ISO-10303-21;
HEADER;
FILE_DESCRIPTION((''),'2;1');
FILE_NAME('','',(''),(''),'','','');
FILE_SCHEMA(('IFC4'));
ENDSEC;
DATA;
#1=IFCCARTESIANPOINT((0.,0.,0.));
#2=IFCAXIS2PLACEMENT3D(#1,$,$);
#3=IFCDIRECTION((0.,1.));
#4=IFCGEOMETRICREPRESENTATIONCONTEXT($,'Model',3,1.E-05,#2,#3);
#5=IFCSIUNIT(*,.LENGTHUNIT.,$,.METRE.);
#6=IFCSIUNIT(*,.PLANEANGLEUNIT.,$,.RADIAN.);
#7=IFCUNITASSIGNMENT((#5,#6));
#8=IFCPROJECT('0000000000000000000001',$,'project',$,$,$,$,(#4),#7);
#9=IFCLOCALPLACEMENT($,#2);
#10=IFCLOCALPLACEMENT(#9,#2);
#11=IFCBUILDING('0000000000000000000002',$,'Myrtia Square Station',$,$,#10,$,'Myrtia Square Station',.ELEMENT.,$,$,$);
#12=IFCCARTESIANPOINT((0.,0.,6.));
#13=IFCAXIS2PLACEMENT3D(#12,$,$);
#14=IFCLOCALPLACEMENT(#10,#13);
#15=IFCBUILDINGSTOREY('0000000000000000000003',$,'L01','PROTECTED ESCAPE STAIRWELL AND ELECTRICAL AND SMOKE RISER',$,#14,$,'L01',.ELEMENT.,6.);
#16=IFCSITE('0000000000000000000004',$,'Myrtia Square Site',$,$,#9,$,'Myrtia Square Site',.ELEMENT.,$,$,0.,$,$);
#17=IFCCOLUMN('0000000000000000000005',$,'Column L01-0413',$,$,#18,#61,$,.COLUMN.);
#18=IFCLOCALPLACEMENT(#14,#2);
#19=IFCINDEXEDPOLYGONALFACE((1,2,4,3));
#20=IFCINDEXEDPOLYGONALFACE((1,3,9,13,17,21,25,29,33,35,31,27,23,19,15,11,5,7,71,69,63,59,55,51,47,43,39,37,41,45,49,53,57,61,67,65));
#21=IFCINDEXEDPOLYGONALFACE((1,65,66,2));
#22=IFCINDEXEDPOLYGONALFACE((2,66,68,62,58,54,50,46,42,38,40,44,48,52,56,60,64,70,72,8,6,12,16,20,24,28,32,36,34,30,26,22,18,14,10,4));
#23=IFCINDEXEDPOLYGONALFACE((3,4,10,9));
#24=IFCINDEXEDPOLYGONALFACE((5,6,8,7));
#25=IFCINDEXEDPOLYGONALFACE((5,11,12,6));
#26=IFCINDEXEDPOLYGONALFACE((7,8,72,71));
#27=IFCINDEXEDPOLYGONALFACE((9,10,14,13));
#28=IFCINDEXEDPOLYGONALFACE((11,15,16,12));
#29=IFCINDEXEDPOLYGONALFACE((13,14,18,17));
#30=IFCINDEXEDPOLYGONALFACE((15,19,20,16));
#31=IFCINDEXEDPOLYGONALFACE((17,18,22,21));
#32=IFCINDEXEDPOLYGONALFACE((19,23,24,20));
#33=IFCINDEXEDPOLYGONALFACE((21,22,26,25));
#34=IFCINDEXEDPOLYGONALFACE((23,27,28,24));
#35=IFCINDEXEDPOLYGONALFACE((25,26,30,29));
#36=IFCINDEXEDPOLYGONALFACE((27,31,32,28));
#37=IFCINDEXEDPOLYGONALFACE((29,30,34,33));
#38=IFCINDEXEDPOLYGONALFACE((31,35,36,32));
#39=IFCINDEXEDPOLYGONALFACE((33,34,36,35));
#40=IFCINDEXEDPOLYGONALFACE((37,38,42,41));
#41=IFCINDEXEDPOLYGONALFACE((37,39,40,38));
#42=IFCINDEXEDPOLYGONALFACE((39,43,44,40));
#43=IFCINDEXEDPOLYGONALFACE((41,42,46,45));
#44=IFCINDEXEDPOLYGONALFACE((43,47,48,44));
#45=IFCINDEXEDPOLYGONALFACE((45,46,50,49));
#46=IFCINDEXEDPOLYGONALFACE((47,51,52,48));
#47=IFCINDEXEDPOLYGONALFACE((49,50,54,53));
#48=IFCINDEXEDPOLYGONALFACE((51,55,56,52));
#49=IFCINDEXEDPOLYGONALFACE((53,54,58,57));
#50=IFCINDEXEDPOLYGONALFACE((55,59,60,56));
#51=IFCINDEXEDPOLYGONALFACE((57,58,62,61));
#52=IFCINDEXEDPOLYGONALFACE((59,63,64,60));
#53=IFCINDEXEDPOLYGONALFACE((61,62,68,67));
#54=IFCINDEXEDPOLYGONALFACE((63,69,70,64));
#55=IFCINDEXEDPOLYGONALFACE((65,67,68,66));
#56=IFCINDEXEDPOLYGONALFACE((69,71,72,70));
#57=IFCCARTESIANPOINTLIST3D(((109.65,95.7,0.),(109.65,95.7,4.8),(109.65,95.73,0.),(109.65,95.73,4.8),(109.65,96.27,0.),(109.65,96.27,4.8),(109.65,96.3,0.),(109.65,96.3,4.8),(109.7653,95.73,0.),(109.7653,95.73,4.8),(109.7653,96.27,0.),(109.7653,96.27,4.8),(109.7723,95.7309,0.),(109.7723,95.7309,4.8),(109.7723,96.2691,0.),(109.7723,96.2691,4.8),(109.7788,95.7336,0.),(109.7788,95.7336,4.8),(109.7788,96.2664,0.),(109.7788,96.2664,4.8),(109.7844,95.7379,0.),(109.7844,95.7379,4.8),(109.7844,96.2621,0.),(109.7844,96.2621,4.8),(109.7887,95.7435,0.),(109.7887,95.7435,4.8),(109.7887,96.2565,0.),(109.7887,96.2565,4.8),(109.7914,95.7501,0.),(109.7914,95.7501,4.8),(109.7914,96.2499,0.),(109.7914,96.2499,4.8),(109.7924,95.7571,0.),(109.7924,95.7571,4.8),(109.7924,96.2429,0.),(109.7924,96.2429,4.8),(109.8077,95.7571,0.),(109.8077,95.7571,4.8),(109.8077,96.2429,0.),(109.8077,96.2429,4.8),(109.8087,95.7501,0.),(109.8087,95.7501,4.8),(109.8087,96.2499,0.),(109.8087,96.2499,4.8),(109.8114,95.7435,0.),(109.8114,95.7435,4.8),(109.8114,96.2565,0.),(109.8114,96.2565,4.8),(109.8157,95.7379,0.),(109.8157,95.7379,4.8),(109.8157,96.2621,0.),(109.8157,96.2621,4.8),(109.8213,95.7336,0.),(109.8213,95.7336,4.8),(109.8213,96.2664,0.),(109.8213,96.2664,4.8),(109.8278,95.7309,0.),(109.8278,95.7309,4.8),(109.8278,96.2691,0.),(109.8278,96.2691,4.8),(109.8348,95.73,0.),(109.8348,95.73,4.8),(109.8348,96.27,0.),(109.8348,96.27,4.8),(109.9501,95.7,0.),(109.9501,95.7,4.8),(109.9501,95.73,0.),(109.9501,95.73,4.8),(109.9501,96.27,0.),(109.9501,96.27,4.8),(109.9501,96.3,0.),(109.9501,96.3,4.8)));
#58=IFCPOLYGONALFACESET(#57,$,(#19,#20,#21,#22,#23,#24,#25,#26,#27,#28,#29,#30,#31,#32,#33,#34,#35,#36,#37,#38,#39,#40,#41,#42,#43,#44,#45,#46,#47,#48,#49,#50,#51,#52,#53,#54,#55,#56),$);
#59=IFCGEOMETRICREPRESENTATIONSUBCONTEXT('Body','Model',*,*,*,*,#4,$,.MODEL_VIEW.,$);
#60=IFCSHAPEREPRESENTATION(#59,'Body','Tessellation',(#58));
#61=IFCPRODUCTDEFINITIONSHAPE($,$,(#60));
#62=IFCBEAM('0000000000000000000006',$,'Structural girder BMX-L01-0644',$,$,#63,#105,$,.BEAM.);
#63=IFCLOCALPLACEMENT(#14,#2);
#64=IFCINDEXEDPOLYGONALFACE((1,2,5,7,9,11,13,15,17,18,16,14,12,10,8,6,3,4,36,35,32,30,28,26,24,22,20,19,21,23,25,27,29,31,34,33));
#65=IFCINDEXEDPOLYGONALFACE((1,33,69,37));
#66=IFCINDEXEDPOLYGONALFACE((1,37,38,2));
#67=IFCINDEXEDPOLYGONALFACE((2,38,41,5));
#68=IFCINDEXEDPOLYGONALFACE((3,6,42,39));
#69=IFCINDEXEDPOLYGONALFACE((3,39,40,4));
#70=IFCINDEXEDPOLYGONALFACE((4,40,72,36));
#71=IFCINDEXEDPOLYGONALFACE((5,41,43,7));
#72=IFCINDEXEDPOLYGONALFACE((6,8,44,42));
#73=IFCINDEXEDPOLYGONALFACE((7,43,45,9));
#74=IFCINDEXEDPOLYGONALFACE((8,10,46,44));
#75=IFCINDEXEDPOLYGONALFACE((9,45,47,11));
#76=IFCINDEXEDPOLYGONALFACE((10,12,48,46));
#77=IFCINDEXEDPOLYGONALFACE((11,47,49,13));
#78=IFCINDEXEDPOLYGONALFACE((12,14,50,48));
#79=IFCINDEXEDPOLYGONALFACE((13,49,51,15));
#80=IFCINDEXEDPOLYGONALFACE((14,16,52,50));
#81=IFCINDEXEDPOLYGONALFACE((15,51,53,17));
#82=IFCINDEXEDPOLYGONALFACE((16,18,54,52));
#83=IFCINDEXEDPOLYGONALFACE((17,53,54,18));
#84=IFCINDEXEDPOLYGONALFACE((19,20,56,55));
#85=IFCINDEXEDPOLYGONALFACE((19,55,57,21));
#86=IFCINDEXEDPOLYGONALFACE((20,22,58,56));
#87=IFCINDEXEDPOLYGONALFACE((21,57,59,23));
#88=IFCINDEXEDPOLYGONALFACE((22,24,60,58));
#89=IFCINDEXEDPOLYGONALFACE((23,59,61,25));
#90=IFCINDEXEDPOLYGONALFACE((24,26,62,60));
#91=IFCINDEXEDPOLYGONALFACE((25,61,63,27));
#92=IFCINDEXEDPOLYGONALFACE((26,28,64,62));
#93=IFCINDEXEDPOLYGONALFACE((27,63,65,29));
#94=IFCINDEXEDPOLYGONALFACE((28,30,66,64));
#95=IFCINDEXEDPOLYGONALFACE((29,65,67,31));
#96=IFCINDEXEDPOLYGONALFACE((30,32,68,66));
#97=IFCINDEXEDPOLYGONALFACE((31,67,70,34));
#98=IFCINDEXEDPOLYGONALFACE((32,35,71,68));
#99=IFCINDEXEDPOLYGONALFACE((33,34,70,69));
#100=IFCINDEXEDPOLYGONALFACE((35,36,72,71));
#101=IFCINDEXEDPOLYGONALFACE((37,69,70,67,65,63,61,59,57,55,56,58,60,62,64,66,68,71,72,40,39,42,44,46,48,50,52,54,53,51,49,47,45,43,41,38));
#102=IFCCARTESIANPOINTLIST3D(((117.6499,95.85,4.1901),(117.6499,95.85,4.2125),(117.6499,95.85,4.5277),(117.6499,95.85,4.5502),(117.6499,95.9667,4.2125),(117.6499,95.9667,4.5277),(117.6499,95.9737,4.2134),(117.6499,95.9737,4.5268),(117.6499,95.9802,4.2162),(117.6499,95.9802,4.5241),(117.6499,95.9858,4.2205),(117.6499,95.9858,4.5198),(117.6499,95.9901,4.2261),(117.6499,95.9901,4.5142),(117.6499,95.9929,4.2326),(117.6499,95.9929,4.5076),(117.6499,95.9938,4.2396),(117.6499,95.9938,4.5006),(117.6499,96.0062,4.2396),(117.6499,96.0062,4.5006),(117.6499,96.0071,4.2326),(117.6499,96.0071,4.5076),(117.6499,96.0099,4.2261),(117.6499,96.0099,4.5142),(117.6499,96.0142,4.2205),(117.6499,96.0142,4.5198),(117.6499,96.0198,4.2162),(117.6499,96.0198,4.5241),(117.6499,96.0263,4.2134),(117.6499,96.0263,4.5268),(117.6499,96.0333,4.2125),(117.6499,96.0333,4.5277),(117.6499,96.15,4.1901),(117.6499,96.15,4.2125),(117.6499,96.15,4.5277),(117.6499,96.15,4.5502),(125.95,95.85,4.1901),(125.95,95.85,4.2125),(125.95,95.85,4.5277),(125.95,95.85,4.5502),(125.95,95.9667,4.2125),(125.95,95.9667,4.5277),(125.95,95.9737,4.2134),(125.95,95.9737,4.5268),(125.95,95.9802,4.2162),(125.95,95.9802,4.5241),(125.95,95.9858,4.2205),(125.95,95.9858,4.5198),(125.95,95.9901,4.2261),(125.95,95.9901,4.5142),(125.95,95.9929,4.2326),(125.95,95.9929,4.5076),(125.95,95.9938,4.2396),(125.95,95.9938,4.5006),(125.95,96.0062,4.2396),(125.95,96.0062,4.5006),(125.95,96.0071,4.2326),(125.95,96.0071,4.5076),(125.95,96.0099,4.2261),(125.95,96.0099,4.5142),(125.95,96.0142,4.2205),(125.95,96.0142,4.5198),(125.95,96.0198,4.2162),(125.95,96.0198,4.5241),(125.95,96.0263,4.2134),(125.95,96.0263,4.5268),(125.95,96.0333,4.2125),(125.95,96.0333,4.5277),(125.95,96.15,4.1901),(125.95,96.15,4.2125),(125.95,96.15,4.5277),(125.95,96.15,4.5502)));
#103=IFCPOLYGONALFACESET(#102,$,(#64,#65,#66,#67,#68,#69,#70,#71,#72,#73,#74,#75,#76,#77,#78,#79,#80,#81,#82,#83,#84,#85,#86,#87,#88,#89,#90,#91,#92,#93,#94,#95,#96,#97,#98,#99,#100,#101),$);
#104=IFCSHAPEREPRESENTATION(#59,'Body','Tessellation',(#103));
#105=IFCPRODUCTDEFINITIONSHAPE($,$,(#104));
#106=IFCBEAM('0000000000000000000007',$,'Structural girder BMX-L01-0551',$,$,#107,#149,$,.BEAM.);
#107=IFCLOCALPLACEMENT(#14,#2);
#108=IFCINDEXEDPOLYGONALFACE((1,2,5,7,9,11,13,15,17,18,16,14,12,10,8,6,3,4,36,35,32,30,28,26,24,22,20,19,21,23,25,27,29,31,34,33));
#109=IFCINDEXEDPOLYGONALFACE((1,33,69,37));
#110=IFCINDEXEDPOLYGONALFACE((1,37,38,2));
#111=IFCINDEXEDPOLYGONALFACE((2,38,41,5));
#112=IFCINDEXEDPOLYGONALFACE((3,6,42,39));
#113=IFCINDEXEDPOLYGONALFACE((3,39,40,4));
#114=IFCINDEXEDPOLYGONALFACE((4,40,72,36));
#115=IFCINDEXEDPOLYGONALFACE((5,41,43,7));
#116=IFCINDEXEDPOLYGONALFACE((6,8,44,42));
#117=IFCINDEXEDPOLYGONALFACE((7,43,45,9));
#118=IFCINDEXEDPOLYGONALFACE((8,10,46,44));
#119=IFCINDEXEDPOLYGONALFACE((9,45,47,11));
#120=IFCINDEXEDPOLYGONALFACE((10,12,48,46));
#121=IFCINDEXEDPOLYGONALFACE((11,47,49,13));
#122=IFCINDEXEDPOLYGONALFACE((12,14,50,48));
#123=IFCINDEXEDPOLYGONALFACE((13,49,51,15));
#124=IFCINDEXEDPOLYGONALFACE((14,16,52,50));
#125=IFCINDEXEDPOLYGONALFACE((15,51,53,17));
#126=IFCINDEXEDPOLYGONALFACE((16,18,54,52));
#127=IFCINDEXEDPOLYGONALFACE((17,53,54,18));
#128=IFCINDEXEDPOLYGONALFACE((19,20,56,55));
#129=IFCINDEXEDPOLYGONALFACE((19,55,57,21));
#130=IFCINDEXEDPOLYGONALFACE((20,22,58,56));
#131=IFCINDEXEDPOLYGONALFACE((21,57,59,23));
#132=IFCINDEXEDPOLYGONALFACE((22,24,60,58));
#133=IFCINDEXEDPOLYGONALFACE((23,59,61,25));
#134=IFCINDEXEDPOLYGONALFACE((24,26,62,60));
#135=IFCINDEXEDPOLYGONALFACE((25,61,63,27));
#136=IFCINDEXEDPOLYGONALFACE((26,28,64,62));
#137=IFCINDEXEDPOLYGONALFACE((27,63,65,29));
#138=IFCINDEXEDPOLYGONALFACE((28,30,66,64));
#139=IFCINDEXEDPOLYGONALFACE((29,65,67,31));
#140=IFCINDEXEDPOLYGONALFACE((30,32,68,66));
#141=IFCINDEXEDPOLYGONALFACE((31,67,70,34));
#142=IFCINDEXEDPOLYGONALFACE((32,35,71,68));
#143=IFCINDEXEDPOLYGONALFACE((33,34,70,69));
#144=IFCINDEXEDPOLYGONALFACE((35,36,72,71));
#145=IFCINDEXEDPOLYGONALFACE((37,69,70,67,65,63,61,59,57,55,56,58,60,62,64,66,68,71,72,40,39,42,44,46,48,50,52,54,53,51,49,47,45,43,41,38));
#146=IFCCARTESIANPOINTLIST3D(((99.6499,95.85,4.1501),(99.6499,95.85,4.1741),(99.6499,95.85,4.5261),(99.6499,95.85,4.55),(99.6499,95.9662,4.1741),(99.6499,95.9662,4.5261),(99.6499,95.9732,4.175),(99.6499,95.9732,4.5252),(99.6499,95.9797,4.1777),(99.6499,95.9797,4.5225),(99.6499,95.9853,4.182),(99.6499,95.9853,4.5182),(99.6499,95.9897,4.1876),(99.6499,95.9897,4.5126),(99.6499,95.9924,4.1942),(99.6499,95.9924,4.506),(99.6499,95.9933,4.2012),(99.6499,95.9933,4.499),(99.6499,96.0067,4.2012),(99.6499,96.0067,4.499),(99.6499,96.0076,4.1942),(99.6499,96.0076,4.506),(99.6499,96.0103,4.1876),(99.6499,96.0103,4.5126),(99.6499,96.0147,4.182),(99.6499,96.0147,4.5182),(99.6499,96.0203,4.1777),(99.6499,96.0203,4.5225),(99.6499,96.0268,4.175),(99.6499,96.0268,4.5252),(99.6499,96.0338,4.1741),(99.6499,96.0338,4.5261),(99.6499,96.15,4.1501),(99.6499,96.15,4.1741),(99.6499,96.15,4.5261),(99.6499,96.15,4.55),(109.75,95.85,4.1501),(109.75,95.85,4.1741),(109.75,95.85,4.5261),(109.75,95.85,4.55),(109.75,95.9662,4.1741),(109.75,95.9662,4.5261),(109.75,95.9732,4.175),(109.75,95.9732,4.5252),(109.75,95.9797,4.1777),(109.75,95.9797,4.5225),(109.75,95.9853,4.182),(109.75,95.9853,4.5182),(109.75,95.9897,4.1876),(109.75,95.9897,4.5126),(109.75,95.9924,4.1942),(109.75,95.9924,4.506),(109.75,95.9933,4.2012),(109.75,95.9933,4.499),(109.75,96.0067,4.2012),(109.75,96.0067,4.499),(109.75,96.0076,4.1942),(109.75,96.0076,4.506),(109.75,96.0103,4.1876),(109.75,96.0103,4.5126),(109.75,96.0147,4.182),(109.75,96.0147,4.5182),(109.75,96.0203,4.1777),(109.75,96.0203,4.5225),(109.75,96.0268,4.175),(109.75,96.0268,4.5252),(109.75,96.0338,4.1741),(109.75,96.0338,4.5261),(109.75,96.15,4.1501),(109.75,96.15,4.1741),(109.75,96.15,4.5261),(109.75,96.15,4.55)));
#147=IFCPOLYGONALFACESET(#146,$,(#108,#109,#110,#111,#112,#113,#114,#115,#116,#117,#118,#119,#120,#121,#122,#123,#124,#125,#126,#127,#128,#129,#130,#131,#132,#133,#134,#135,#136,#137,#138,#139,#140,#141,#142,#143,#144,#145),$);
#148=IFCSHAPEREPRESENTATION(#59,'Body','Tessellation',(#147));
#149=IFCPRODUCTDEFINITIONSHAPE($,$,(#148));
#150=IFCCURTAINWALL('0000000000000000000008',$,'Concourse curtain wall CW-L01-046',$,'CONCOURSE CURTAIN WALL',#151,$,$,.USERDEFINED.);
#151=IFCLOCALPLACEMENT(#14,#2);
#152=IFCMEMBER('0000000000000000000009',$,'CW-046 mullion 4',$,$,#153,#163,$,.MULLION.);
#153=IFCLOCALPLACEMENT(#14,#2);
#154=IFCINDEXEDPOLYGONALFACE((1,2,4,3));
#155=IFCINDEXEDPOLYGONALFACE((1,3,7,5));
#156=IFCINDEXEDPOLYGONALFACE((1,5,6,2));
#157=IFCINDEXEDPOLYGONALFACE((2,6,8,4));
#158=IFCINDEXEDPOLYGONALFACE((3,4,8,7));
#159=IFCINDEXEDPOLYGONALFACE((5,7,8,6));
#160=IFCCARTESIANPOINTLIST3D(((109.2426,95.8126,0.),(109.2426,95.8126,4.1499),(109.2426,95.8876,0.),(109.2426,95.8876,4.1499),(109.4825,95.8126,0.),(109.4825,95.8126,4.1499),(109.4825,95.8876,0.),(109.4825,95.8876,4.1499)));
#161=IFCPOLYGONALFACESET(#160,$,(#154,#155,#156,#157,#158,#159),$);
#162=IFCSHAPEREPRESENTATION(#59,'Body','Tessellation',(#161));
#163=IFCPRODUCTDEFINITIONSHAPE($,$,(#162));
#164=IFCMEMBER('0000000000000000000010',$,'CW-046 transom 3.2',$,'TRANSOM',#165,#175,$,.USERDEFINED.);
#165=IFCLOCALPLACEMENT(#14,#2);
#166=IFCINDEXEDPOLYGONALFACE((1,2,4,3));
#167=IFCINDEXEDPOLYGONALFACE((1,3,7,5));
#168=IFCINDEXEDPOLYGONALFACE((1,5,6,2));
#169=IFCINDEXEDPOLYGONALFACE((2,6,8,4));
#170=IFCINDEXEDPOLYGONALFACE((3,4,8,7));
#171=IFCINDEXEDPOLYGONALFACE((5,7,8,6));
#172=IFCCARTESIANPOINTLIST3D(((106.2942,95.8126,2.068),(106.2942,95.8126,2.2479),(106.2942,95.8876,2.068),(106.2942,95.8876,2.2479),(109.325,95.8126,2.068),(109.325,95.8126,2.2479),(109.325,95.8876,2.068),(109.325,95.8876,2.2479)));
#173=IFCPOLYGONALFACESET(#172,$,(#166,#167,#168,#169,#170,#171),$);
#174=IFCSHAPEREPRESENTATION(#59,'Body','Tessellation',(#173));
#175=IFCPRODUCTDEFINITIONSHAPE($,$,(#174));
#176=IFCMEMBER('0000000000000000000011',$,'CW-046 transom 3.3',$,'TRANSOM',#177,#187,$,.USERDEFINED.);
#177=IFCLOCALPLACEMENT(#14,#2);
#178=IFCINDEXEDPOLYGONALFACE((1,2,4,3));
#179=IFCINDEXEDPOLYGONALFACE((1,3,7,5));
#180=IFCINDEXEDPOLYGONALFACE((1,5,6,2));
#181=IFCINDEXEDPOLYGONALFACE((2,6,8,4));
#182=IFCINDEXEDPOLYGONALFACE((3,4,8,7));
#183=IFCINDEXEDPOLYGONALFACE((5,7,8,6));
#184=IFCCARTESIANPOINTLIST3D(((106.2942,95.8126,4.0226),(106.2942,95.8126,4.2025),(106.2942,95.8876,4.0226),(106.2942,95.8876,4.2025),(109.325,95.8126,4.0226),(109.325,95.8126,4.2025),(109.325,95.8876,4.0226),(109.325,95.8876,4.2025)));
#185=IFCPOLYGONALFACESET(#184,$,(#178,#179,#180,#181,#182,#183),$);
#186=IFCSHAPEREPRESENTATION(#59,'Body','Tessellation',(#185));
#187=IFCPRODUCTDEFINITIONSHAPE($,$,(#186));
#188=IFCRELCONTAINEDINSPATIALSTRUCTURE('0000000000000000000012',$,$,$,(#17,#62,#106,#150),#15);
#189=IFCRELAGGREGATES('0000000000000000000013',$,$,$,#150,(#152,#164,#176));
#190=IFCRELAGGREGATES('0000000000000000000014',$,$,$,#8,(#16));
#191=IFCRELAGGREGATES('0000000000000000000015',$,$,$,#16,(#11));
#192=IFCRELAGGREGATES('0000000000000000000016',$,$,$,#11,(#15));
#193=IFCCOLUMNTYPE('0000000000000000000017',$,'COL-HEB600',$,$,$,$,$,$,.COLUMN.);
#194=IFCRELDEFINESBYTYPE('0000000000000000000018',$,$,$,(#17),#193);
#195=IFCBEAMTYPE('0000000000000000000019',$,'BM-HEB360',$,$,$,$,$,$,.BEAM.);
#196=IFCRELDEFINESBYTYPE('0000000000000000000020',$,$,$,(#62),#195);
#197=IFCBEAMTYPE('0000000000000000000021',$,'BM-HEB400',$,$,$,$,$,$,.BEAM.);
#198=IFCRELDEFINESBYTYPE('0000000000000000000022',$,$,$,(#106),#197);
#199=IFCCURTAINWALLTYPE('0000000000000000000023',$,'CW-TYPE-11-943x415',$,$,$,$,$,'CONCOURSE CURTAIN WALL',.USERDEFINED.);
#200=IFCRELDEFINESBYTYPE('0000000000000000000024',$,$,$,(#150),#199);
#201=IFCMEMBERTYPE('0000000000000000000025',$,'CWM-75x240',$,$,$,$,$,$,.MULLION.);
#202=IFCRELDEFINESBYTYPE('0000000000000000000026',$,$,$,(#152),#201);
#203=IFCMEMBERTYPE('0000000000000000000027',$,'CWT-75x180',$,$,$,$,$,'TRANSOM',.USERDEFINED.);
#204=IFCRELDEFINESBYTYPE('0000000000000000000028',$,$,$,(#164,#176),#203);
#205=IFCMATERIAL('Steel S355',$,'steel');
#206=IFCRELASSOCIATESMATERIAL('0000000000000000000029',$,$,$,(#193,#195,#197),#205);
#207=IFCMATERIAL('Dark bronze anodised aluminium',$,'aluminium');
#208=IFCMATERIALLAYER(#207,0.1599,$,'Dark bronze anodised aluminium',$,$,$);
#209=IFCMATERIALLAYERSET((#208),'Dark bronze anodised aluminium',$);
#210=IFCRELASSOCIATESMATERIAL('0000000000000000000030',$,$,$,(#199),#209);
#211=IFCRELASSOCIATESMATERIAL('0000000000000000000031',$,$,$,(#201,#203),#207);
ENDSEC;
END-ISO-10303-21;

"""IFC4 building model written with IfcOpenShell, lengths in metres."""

from ifc_helpers import new_model, si_unit, direction, frame, origin, origin_2d, place, context, subcontext, project, spatial, rectangle, i_section, extrude, material, layer, layer_set, material_profile, profile_set, type_object, element, aggregate, save


model = new_model("IFC4")

# Units and contexts
model_context = context("Model", 3, precision=1e-05, world=origin(), true_north=direction((0.0, 1.0)))
body_context = subcontext(model_context, "Body", "Model", "MODEL_VIEW")
ifc_project = project(units=[si_unit("LENGTHUNIT", "METRE"), si_unit("PLANEANGLEUNIT", "RADIAN")], contexts=[model_context])

# Site, building, storey
site_placement = place(None, origin())
site = spatial("IfcSite", under=ifc_project, at=site_placement, Name="Myrtia Square Site", LongName="Myrtia Square Site", CompositionType="ELEMENT", RefElevation=0.0)
building_placement = place(site_placement, origin())
building = spatial("IfcBuilding", under=site, at=building_placement, Name="Myrtia Square Station", LongName="Myrtia Square Station", CompositionType="ELEMENT")
storey_placement = place(building_placement, frame((0.0, 0.0, 6.0)))
storey = spatial("IfcBuildingStorey", under=building, at=storey_placement, Name="L01", Description="PROTECTED ESCAPE STAIRWELL AND ELECTRICAL AND SMOKE RISER", LongName="L01", CompositionType="ELEMENT", Elevation=6.0)

# Column
ifc_material_1 = material(Name="Steel S355", Category="steel")
ifc_material_profile_1 = material_profile(ifc_material_1, i_section(OverallWidth=0.3, OverallDepth=0.6001, WebThickness=0.0154, FlangeThickness=0.03, FilletRadius=0.0271, at=origin_2d()), Name="HEB 600")
ifc_profile_set_1 = profile_set([ifc_material_profile_1], Name="Steel S355")
column_type_1 = type_object("IfcColumnType", Name="COL-HEB600", PredefinedType="COLUMN", material=ifc_profile_set_1)
column_1_placement = place(storey_placement, frame((109.8, 96.0, 0.0), z_axis=(0.0, 0.0, 1.0), x_axis=(1.0, 0.0, 0.0)))
element("IfcColumn", 1, at=column_1_placement, inside=storey, type_object=column_type_1, Name="Column L01-0413", PredefinedType="COLUMN", context=body_context, shape_type="SweptSolid", body=[
    extrude(i_section(OverallWidth=0.3, OverallDepth=0.6001, WebThickness=0.0154, FlangeThickness=0.03, FilletRadius=0.0271, at=origin_2d()), origin(), (0.0, 0.0, 1.0), 4.8),
])

# Beams
ifc_material_profile_2 = material_profile(ifc_material_1, i_section(OverallWidth=0.3, OverallDepth=0.3601, WebThickness=0.0125, FlangeThickness=0.0225, FilletRadius=0.0271, at=origin_2d()), Name="HEB 360")
ifc_profile_set_2 = profile_set([ifc_material_profile_2], Name="Steel S355")
beam_type_1 = type_object("IfcBeamType", Name="BM-HEB360", PredefinedType="BEAM", material=ifc_profile_set_2)
beam_1_placement = place(storey_placement, frame((117.6499, 96.0, 4.3701), z_axis=(1.0, 0.0, 0.0), x_axis=(0.0, 1.0, 0.0)))
element("IfcBeam", 2, at=beam_1_placement, inside=storey, type_object=beam_type_1, Name="Structural girder BMX-L01-0644", PredefinedType="BEAM", context=body_context, shape_type="SweptSolid", body=[
    extrude(i_section(OverallWidth=0.3, OverallDepth=0.3601, WebThickness=0.0125, FlangeThickness=0.0225, FilletRadius=0.0271, at=origin_2d()), origin(), (0.0, 0.0, 1.0), 8.3),
])
ifc_material_profile_3 = material_profile(ifc_material_1, i_section(OverallWidth=0.3, OverallDepth=0.3999, WebThickness=0.0134, FlangeThickness=0.0239, FilletRadius=0.0271, at=origin_2d()), Name="HEB 400")
ifc_profile_set_3 = profile_set([ifc_material_profile_3], Name="Steel S355")
beam_type_2 = type_object("IfcBeamType", Name="BM-HEB400", PredefinedType="BEAM", material=ifc_profile_set_3)
beam_2_placement = place(storey_placement, frame((99.6499, 96.0, 4.3501), z_axis=(1.0, 0.0, 0.0), x_axis=(0.0, 1.0, 0.0)))
element("IfcBeam", 3, at=beam_2_placement, inside=storey, type_object=beam_type_2, Name="Structural girder BMX-L01-0551", PredefinedType="BEAM", context=body_context, shape_type="SweptSolid", body=[
    extrude(i_section(OverallWidth=0.3, OverallDepth=0.3999, WebThickness=0.0134, FlangeThickness=0.0239, FilletRadius=0.0271, at=origin_2d()), origin(), (0.0, 0.0, 1.0), 10.1001),
])

# Curtain wall, members
ifc_material_2 = material(Name="Dark bronze anodised aluminium", Category="aluminium")
ifc_layer_1 = layer(ifc_material_2, 0.1599, Name="Dark bronze anodised aluminium")
ifc_layer_set_1 = layer_set([ifc_layer_1], Name="Dark bronze anodised aluminium")
curtain_wall_type = type_object("IfcCurtainWallType", Name="CW-TYPE-11-943x415", ElementType="CONCOURSE CURTAIN WALL", PredefinedType="USERDEFINED", material=ifc_layer_set_1)
curtain_wall_placement = place(storey_placement, origin())
curtain_wall = element("IfcCurtainWall", 4, at=curtain_wall_placement, inside=storey, type_object=curtain_wall_type, Name="Concourse curtain wall CW-L01-046", ObjectType="CONCOURSE CURTAIN WALL", PredefinedType="USERDEFINED")
ifc_material_profile_4 = material_profile(ifc_material_2, rectangle(XDim=0.075, YDim=0.24, at=origin_2d()), Name="ALU-M 75x240")
ifc_profile_set_4 = profile_set([ifc_material_profile_4], Name="Dark bronze anodised aluminium")
member_type_1 = type_object("IfcMemberType", Name="CWM-75x240", PredefinedType="MULLION", material=ifc_profile_set_4)
member_1_placement = place(storey_placement, frame((109.3625, 95.8501, 0.0), z_axis=(0.0, 0.0, 1.0), x_axis=(0.0, 1.0, 0.0)))
member_1 = element("IfcMember", 5, at=member_1_placement, type_object=member_type_1, Name="CW-046 mullion 4", PredefinedType="MULLION", context=body_context, shape_type="SweptSolid", body=[
    extrude(rectangle(XDim=0.075, YDim=0.24, at=origin_2d()), origin(), (0.0, 0.0, 1.0), 4.1499),
])
ifc_material_profile_5 = material_profile(ifc_material_2, rectangle(XDim=0.075, YDim=0.1799, at=origin_2d()), Name="ALU-T 75x180")
ifc_profile_set_5 = profile_set([ifc_material_profile_5], Name="Dark bronze anodised aluminium")
member_type_2 = type_object("IfcMemberType", Name="CWT-75x180", ElementType="TRANSOM", PredefinedType="USERDEFINED", material=ifc_profile_set_5)
member_2_placement = place(storey_placement, frame((106.2942, 95.8501, 2.158), z_axis=(1.0, 0.0, 0.0), x_axis=(0.0, 1.0, 0.0)))
member_2 = element("IfcMember", 6, at=member_2_placement, type_object=member_type_2, Name="CW-046 transom 3.2", ObjectType="TRANSOM", PredefinedType="USERDEFINED", context=body_context, shape_type="SweptSolid", body=[
    extrude(rectangle(XDim=0.075, YDim=0.1799, at=origin_2d()), origin(), (0.0, 0.0, 1.0), 3.0308),
])
member_3_placement = place(storey_placement, frame((106.2942, 95.8501, 4.1125), z_axis=(1.0, 0.0, 0.0), x_axis=(0.0, 1.0, 0.0)))
member_3 = element("IfcMember", 7, at=member_3_placement, type_object=member_type_2, Name="CW-046 transom 3.3", ObjectType="TRANSOM", PredefinedType="USERDEFINED", context=body_context, shape_type="SweptSolid", body=[
    extrude(rectangle(XDim=0.075, YDim=0.1799, at=origin_2d()), origin(), (0.0, 0.0, 1.0), 3.0308),
])

aggregate(curtain_wall, [member_1, member_2, member_3])

save(model, "model.ifc")
